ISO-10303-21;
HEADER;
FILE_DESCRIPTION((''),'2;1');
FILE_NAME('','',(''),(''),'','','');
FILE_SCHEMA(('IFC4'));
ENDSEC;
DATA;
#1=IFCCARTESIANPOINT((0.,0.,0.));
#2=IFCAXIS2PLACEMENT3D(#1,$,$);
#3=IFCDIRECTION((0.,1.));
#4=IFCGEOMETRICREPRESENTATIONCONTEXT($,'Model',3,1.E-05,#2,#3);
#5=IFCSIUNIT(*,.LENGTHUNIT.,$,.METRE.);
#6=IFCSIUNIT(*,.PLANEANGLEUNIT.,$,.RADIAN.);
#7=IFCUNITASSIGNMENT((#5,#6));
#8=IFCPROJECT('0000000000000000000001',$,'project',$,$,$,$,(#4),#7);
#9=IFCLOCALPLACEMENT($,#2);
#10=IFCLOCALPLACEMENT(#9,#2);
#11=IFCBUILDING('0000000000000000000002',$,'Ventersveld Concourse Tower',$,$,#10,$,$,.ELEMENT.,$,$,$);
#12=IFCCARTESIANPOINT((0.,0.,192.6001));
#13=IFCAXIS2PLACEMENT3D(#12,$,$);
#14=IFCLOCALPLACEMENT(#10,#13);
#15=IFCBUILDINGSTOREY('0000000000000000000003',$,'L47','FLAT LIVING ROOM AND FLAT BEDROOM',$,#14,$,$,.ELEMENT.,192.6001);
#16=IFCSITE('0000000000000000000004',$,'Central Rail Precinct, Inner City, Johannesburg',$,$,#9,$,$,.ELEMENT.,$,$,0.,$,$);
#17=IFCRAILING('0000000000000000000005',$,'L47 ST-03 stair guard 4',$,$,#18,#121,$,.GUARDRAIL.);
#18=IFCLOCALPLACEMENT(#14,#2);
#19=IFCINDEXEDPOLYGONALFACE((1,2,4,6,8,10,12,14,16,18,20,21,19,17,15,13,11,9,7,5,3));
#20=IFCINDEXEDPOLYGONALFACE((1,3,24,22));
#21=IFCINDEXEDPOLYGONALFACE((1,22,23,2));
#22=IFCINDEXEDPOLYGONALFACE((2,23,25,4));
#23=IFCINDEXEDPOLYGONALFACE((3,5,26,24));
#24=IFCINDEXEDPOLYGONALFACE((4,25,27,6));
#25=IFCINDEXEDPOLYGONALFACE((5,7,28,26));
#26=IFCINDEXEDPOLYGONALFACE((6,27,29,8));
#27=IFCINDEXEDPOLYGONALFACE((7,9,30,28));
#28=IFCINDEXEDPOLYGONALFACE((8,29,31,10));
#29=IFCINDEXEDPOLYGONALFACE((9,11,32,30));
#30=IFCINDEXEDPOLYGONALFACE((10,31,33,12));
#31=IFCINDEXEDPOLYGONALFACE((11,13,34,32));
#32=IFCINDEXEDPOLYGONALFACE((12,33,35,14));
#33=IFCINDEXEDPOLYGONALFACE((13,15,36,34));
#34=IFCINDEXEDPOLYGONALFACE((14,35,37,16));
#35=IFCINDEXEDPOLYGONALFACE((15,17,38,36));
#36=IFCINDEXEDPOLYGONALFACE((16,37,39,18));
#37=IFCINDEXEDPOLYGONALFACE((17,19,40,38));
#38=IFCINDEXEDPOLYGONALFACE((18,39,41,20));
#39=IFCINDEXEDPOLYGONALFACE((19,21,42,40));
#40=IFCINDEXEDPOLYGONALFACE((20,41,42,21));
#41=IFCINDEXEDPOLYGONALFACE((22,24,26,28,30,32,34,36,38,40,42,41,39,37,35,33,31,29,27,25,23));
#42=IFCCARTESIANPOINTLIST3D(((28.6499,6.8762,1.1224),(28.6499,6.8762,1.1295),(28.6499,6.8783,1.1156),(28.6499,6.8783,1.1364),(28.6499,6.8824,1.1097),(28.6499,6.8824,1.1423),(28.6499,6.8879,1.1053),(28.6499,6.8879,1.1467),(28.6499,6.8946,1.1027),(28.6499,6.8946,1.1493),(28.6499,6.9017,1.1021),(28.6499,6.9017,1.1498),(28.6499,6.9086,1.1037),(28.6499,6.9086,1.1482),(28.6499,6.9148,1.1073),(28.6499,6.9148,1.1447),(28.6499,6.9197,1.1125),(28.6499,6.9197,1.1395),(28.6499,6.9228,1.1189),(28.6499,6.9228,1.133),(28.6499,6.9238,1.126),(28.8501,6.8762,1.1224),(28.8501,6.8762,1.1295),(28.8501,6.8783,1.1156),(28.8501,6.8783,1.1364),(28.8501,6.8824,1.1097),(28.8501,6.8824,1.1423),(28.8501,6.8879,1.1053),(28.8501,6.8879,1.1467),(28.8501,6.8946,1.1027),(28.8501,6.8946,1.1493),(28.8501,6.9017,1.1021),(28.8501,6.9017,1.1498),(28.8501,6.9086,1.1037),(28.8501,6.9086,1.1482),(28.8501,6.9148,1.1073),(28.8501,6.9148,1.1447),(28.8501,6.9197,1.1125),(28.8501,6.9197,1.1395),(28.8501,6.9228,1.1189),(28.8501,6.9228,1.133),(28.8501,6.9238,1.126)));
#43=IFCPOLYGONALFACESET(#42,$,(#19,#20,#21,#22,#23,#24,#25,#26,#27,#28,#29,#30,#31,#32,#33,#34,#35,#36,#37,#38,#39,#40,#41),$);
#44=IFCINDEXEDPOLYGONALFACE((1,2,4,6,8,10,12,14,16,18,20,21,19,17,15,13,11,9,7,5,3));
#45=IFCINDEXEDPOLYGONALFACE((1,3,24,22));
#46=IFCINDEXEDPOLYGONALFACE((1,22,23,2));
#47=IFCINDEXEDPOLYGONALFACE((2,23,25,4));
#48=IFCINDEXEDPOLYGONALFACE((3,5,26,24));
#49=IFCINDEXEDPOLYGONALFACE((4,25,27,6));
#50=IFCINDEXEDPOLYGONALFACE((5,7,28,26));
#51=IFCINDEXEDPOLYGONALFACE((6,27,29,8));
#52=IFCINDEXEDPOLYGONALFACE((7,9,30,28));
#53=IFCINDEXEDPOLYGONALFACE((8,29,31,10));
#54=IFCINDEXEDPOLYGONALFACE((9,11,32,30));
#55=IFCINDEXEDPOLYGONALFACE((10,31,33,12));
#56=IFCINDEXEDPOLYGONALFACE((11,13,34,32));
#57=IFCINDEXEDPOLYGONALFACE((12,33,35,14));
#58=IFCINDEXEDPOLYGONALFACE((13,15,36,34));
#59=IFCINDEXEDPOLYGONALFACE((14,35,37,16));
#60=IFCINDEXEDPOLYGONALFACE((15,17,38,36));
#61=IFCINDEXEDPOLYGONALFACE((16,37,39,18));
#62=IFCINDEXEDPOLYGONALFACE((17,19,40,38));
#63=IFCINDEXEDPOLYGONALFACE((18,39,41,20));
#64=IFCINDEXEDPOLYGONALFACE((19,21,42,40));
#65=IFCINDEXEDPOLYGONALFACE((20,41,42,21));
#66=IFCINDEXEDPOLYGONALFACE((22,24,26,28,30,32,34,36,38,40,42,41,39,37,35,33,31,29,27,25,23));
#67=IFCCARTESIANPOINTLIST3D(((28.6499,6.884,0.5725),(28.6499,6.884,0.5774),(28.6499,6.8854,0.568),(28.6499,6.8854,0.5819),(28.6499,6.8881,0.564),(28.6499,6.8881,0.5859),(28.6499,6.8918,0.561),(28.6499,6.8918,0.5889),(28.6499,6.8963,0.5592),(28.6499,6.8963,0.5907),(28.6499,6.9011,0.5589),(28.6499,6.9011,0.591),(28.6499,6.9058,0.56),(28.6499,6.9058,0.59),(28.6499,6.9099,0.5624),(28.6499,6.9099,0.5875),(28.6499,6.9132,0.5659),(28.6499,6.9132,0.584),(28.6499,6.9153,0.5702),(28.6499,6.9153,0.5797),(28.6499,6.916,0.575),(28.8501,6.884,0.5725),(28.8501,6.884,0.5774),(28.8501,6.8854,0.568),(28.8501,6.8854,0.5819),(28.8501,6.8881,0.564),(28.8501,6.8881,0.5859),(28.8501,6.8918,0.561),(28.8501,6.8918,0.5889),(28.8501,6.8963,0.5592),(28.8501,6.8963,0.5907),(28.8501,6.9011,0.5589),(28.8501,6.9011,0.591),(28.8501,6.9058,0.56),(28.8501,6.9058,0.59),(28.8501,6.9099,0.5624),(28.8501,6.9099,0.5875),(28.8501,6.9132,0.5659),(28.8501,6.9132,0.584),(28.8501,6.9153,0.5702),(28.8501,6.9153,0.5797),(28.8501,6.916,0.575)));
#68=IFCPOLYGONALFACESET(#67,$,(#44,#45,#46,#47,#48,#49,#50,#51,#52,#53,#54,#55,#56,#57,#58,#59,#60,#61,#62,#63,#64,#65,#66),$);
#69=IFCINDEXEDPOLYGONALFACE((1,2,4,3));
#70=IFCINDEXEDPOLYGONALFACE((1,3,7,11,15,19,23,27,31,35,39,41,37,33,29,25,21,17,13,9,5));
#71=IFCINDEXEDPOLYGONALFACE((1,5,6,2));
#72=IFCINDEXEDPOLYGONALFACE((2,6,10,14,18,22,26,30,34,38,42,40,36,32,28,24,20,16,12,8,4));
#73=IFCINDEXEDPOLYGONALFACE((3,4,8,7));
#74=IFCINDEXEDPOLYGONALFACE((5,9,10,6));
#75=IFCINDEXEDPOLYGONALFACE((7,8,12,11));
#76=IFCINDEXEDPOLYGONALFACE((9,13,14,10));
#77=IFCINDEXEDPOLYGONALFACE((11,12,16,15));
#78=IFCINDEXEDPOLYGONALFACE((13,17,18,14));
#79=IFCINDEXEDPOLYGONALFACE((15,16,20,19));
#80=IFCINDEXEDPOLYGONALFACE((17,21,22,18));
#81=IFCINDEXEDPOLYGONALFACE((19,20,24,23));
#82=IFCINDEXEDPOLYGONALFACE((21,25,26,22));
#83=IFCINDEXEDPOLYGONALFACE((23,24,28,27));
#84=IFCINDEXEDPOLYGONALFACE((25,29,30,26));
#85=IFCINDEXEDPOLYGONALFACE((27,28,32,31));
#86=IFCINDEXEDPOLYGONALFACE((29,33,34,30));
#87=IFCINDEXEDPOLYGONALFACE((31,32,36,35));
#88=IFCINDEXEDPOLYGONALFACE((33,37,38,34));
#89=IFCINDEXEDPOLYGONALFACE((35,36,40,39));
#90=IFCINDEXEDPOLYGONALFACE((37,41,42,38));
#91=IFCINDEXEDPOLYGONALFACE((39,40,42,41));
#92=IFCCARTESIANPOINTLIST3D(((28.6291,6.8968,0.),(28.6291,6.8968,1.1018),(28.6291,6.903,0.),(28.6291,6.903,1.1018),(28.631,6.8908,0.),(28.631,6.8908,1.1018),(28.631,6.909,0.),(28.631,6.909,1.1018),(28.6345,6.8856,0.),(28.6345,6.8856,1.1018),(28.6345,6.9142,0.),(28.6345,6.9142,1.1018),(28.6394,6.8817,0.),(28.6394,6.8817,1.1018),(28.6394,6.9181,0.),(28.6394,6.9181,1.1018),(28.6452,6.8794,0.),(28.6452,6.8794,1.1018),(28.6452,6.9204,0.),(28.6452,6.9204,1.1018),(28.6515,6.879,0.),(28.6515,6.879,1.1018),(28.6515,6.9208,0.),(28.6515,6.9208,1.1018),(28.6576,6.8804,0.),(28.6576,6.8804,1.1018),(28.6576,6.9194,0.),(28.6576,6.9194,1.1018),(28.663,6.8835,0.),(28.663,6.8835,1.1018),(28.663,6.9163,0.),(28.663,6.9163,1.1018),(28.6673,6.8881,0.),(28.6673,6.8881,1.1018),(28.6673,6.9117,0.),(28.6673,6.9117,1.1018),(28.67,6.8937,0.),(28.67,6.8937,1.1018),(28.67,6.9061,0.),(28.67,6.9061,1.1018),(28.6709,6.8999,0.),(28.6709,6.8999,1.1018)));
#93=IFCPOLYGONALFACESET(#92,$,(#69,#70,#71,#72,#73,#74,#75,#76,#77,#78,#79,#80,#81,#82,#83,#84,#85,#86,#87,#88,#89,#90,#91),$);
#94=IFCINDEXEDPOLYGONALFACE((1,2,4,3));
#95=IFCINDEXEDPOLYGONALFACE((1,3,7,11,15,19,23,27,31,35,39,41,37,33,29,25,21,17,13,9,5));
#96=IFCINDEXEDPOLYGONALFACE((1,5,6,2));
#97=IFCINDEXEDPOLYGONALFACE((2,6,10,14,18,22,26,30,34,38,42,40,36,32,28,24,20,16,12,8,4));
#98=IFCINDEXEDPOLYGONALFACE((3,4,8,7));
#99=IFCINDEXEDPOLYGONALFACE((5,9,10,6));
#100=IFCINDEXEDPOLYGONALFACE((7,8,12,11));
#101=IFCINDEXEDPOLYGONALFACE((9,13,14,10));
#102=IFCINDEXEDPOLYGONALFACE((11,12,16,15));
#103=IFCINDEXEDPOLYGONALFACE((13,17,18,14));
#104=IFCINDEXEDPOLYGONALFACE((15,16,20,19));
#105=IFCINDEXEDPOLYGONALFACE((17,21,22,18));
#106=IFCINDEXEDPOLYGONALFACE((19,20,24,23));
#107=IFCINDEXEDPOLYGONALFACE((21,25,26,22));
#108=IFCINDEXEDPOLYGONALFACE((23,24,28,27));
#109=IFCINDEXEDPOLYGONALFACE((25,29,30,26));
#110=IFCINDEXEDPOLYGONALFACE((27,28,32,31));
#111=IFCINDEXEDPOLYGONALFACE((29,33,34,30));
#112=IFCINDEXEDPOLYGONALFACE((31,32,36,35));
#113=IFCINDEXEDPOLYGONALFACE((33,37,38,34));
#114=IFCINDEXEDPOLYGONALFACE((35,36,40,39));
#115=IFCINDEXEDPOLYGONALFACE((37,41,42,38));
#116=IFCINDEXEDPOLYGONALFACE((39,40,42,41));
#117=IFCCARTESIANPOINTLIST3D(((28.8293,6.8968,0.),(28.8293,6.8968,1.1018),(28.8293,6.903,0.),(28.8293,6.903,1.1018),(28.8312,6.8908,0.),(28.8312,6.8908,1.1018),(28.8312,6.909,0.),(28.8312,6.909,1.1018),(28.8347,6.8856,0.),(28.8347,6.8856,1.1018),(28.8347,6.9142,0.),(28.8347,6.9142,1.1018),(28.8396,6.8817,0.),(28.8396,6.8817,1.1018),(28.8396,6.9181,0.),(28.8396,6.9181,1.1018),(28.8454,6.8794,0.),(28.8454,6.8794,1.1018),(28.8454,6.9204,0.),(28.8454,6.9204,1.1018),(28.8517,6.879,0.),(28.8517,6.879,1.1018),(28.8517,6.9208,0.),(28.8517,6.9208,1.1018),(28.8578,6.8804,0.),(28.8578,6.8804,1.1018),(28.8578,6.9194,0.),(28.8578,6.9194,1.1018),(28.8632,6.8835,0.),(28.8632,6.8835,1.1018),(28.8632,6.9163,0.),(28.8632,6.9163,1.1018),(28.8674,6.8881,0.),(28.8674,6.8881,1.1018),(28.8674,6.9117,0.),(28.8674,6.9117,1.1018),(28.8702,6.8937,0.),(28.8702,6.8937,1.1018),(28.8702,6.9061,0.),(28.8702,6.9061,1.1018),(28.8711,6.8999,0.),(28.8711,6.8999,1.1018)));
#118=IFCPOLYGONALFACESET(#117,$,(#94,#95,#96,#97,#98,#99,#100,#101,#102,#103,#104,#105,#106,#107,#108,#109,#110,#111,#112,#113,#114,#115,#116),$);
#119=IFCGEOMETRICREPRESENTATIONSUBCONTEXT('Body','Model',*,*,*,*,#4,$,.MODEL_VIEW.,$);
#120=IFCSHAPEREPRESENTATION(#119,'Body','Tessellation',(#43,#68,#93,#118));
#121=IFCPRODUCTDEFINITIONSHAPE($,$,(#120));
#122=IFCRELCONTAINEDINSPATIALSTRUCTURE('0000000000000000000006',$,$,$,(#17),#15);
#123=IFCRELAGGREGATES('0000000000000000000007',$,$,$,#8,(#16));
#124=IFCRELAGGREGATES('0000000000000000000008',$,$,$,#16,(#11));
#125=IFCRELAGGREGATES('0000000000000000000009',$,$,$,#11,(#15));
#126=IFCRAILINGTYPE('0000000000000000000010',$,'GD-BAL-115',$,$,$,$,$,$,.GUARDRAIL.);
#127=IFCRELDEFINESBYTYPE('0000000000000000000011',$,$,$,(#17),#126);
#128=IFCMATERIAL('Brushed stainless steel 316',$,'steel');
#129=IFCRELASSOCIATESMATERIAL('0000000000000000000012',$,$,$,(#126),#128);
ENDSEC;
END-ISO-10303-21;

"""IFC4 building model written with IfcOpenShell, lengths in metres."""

from ifc_helpers import new_model, si_unit, direction, frame, origin, origin_2d, place, context, subcontext, project, spatial, circle, extrude, material, type_object, element, save


model = new_model("IFC4")

# Units and contexts
model_context = context("Model", 3, precision=1e-05, world=origin(), true_north=direction((0.0, 1.0)))
body_context = subcontext(model_context, "Body", "Model", "MODEL_VIEW")
ifc_project = project(units=[si_unit("LENGTHUNIT", "METRE"), si_unit("PLANEANGLEUNIT", "RADIAN")], contexts=[model_context])

# Site, building, storey
site_placement = place(None, origin())
site = spatial("IfcSite", under=ifc_project, at=site_placement, Name="Central Rail Precinct, Inner City, Johannesburg", CompositionType="ELEMENT", RefElevation=0.0)
building_placement = place(site_placement, origin())
building = spatial("IfcBuilding", under=site, at=building_placement, Name="Ventersveld Concourse Tower", CompositionType="ELEMENT")
storey_placement = place(building_placement, frame((0.0, 0.0, 192.6001)))
storey = spatial("IfcBuildingStorey", under=building, at=storey_placement, Name="L47", Description="FLAT LIVING ROOM AND FLAT BEDROOM", CompositionType="ELEMENT", Elevation=192.6001)

# Shared definitions
ifc_material_1 = material(Name="Brushed stainless steel 316", Category="steel")

# Railing
railing_type_1 = type_object("IfcRailingType", Name="GD-BAL-115", PredefinedType="GUARDRAIL", material=ifc_material_1)
railing_1_placement = place(storey_placement, frame((28.6499, 6.8999, 0.0)))
element("IfcRailing", 1, at=railing_1_placement, inside=storey, type_object=railing_type_1, Name="L47 ST-03 stair guard 4", PredefinedType="GUARDRAIL", context=body_context, shape_type="SweptSolid", body=[
    extrude(circle(Radius=0.0239, at=origin_2d()), frame((0.0, 0.0, 1.126), z_axis=(1.0, 0.0, 0.0), x_axis=(0.0, 1.0, 0.0)), (0.0, 0.0, 1.0), 0.2002),
    extrude(circle(Radius=0.0161, at=origin_2d()), frame((0.0, 0.0, 0.575), z_axis=(1.0, 0.0, 0.0), x_axis=(0.0, 1.0, 0.0)), (0.0, 0.0, 1.0), 0.2002),
    extrude(circle(Radius=0.021, at=origin_2d()), origin(), (0.0, 0.0, 1.0), 1.1018),
    extrude(circle(Radius=0.021, at=origin_2d()), frame((0.2002, 0.0, 0.0)), (0.0, 0.0, 1.0), 1.1018),
])

save(model, "model.ifc")
